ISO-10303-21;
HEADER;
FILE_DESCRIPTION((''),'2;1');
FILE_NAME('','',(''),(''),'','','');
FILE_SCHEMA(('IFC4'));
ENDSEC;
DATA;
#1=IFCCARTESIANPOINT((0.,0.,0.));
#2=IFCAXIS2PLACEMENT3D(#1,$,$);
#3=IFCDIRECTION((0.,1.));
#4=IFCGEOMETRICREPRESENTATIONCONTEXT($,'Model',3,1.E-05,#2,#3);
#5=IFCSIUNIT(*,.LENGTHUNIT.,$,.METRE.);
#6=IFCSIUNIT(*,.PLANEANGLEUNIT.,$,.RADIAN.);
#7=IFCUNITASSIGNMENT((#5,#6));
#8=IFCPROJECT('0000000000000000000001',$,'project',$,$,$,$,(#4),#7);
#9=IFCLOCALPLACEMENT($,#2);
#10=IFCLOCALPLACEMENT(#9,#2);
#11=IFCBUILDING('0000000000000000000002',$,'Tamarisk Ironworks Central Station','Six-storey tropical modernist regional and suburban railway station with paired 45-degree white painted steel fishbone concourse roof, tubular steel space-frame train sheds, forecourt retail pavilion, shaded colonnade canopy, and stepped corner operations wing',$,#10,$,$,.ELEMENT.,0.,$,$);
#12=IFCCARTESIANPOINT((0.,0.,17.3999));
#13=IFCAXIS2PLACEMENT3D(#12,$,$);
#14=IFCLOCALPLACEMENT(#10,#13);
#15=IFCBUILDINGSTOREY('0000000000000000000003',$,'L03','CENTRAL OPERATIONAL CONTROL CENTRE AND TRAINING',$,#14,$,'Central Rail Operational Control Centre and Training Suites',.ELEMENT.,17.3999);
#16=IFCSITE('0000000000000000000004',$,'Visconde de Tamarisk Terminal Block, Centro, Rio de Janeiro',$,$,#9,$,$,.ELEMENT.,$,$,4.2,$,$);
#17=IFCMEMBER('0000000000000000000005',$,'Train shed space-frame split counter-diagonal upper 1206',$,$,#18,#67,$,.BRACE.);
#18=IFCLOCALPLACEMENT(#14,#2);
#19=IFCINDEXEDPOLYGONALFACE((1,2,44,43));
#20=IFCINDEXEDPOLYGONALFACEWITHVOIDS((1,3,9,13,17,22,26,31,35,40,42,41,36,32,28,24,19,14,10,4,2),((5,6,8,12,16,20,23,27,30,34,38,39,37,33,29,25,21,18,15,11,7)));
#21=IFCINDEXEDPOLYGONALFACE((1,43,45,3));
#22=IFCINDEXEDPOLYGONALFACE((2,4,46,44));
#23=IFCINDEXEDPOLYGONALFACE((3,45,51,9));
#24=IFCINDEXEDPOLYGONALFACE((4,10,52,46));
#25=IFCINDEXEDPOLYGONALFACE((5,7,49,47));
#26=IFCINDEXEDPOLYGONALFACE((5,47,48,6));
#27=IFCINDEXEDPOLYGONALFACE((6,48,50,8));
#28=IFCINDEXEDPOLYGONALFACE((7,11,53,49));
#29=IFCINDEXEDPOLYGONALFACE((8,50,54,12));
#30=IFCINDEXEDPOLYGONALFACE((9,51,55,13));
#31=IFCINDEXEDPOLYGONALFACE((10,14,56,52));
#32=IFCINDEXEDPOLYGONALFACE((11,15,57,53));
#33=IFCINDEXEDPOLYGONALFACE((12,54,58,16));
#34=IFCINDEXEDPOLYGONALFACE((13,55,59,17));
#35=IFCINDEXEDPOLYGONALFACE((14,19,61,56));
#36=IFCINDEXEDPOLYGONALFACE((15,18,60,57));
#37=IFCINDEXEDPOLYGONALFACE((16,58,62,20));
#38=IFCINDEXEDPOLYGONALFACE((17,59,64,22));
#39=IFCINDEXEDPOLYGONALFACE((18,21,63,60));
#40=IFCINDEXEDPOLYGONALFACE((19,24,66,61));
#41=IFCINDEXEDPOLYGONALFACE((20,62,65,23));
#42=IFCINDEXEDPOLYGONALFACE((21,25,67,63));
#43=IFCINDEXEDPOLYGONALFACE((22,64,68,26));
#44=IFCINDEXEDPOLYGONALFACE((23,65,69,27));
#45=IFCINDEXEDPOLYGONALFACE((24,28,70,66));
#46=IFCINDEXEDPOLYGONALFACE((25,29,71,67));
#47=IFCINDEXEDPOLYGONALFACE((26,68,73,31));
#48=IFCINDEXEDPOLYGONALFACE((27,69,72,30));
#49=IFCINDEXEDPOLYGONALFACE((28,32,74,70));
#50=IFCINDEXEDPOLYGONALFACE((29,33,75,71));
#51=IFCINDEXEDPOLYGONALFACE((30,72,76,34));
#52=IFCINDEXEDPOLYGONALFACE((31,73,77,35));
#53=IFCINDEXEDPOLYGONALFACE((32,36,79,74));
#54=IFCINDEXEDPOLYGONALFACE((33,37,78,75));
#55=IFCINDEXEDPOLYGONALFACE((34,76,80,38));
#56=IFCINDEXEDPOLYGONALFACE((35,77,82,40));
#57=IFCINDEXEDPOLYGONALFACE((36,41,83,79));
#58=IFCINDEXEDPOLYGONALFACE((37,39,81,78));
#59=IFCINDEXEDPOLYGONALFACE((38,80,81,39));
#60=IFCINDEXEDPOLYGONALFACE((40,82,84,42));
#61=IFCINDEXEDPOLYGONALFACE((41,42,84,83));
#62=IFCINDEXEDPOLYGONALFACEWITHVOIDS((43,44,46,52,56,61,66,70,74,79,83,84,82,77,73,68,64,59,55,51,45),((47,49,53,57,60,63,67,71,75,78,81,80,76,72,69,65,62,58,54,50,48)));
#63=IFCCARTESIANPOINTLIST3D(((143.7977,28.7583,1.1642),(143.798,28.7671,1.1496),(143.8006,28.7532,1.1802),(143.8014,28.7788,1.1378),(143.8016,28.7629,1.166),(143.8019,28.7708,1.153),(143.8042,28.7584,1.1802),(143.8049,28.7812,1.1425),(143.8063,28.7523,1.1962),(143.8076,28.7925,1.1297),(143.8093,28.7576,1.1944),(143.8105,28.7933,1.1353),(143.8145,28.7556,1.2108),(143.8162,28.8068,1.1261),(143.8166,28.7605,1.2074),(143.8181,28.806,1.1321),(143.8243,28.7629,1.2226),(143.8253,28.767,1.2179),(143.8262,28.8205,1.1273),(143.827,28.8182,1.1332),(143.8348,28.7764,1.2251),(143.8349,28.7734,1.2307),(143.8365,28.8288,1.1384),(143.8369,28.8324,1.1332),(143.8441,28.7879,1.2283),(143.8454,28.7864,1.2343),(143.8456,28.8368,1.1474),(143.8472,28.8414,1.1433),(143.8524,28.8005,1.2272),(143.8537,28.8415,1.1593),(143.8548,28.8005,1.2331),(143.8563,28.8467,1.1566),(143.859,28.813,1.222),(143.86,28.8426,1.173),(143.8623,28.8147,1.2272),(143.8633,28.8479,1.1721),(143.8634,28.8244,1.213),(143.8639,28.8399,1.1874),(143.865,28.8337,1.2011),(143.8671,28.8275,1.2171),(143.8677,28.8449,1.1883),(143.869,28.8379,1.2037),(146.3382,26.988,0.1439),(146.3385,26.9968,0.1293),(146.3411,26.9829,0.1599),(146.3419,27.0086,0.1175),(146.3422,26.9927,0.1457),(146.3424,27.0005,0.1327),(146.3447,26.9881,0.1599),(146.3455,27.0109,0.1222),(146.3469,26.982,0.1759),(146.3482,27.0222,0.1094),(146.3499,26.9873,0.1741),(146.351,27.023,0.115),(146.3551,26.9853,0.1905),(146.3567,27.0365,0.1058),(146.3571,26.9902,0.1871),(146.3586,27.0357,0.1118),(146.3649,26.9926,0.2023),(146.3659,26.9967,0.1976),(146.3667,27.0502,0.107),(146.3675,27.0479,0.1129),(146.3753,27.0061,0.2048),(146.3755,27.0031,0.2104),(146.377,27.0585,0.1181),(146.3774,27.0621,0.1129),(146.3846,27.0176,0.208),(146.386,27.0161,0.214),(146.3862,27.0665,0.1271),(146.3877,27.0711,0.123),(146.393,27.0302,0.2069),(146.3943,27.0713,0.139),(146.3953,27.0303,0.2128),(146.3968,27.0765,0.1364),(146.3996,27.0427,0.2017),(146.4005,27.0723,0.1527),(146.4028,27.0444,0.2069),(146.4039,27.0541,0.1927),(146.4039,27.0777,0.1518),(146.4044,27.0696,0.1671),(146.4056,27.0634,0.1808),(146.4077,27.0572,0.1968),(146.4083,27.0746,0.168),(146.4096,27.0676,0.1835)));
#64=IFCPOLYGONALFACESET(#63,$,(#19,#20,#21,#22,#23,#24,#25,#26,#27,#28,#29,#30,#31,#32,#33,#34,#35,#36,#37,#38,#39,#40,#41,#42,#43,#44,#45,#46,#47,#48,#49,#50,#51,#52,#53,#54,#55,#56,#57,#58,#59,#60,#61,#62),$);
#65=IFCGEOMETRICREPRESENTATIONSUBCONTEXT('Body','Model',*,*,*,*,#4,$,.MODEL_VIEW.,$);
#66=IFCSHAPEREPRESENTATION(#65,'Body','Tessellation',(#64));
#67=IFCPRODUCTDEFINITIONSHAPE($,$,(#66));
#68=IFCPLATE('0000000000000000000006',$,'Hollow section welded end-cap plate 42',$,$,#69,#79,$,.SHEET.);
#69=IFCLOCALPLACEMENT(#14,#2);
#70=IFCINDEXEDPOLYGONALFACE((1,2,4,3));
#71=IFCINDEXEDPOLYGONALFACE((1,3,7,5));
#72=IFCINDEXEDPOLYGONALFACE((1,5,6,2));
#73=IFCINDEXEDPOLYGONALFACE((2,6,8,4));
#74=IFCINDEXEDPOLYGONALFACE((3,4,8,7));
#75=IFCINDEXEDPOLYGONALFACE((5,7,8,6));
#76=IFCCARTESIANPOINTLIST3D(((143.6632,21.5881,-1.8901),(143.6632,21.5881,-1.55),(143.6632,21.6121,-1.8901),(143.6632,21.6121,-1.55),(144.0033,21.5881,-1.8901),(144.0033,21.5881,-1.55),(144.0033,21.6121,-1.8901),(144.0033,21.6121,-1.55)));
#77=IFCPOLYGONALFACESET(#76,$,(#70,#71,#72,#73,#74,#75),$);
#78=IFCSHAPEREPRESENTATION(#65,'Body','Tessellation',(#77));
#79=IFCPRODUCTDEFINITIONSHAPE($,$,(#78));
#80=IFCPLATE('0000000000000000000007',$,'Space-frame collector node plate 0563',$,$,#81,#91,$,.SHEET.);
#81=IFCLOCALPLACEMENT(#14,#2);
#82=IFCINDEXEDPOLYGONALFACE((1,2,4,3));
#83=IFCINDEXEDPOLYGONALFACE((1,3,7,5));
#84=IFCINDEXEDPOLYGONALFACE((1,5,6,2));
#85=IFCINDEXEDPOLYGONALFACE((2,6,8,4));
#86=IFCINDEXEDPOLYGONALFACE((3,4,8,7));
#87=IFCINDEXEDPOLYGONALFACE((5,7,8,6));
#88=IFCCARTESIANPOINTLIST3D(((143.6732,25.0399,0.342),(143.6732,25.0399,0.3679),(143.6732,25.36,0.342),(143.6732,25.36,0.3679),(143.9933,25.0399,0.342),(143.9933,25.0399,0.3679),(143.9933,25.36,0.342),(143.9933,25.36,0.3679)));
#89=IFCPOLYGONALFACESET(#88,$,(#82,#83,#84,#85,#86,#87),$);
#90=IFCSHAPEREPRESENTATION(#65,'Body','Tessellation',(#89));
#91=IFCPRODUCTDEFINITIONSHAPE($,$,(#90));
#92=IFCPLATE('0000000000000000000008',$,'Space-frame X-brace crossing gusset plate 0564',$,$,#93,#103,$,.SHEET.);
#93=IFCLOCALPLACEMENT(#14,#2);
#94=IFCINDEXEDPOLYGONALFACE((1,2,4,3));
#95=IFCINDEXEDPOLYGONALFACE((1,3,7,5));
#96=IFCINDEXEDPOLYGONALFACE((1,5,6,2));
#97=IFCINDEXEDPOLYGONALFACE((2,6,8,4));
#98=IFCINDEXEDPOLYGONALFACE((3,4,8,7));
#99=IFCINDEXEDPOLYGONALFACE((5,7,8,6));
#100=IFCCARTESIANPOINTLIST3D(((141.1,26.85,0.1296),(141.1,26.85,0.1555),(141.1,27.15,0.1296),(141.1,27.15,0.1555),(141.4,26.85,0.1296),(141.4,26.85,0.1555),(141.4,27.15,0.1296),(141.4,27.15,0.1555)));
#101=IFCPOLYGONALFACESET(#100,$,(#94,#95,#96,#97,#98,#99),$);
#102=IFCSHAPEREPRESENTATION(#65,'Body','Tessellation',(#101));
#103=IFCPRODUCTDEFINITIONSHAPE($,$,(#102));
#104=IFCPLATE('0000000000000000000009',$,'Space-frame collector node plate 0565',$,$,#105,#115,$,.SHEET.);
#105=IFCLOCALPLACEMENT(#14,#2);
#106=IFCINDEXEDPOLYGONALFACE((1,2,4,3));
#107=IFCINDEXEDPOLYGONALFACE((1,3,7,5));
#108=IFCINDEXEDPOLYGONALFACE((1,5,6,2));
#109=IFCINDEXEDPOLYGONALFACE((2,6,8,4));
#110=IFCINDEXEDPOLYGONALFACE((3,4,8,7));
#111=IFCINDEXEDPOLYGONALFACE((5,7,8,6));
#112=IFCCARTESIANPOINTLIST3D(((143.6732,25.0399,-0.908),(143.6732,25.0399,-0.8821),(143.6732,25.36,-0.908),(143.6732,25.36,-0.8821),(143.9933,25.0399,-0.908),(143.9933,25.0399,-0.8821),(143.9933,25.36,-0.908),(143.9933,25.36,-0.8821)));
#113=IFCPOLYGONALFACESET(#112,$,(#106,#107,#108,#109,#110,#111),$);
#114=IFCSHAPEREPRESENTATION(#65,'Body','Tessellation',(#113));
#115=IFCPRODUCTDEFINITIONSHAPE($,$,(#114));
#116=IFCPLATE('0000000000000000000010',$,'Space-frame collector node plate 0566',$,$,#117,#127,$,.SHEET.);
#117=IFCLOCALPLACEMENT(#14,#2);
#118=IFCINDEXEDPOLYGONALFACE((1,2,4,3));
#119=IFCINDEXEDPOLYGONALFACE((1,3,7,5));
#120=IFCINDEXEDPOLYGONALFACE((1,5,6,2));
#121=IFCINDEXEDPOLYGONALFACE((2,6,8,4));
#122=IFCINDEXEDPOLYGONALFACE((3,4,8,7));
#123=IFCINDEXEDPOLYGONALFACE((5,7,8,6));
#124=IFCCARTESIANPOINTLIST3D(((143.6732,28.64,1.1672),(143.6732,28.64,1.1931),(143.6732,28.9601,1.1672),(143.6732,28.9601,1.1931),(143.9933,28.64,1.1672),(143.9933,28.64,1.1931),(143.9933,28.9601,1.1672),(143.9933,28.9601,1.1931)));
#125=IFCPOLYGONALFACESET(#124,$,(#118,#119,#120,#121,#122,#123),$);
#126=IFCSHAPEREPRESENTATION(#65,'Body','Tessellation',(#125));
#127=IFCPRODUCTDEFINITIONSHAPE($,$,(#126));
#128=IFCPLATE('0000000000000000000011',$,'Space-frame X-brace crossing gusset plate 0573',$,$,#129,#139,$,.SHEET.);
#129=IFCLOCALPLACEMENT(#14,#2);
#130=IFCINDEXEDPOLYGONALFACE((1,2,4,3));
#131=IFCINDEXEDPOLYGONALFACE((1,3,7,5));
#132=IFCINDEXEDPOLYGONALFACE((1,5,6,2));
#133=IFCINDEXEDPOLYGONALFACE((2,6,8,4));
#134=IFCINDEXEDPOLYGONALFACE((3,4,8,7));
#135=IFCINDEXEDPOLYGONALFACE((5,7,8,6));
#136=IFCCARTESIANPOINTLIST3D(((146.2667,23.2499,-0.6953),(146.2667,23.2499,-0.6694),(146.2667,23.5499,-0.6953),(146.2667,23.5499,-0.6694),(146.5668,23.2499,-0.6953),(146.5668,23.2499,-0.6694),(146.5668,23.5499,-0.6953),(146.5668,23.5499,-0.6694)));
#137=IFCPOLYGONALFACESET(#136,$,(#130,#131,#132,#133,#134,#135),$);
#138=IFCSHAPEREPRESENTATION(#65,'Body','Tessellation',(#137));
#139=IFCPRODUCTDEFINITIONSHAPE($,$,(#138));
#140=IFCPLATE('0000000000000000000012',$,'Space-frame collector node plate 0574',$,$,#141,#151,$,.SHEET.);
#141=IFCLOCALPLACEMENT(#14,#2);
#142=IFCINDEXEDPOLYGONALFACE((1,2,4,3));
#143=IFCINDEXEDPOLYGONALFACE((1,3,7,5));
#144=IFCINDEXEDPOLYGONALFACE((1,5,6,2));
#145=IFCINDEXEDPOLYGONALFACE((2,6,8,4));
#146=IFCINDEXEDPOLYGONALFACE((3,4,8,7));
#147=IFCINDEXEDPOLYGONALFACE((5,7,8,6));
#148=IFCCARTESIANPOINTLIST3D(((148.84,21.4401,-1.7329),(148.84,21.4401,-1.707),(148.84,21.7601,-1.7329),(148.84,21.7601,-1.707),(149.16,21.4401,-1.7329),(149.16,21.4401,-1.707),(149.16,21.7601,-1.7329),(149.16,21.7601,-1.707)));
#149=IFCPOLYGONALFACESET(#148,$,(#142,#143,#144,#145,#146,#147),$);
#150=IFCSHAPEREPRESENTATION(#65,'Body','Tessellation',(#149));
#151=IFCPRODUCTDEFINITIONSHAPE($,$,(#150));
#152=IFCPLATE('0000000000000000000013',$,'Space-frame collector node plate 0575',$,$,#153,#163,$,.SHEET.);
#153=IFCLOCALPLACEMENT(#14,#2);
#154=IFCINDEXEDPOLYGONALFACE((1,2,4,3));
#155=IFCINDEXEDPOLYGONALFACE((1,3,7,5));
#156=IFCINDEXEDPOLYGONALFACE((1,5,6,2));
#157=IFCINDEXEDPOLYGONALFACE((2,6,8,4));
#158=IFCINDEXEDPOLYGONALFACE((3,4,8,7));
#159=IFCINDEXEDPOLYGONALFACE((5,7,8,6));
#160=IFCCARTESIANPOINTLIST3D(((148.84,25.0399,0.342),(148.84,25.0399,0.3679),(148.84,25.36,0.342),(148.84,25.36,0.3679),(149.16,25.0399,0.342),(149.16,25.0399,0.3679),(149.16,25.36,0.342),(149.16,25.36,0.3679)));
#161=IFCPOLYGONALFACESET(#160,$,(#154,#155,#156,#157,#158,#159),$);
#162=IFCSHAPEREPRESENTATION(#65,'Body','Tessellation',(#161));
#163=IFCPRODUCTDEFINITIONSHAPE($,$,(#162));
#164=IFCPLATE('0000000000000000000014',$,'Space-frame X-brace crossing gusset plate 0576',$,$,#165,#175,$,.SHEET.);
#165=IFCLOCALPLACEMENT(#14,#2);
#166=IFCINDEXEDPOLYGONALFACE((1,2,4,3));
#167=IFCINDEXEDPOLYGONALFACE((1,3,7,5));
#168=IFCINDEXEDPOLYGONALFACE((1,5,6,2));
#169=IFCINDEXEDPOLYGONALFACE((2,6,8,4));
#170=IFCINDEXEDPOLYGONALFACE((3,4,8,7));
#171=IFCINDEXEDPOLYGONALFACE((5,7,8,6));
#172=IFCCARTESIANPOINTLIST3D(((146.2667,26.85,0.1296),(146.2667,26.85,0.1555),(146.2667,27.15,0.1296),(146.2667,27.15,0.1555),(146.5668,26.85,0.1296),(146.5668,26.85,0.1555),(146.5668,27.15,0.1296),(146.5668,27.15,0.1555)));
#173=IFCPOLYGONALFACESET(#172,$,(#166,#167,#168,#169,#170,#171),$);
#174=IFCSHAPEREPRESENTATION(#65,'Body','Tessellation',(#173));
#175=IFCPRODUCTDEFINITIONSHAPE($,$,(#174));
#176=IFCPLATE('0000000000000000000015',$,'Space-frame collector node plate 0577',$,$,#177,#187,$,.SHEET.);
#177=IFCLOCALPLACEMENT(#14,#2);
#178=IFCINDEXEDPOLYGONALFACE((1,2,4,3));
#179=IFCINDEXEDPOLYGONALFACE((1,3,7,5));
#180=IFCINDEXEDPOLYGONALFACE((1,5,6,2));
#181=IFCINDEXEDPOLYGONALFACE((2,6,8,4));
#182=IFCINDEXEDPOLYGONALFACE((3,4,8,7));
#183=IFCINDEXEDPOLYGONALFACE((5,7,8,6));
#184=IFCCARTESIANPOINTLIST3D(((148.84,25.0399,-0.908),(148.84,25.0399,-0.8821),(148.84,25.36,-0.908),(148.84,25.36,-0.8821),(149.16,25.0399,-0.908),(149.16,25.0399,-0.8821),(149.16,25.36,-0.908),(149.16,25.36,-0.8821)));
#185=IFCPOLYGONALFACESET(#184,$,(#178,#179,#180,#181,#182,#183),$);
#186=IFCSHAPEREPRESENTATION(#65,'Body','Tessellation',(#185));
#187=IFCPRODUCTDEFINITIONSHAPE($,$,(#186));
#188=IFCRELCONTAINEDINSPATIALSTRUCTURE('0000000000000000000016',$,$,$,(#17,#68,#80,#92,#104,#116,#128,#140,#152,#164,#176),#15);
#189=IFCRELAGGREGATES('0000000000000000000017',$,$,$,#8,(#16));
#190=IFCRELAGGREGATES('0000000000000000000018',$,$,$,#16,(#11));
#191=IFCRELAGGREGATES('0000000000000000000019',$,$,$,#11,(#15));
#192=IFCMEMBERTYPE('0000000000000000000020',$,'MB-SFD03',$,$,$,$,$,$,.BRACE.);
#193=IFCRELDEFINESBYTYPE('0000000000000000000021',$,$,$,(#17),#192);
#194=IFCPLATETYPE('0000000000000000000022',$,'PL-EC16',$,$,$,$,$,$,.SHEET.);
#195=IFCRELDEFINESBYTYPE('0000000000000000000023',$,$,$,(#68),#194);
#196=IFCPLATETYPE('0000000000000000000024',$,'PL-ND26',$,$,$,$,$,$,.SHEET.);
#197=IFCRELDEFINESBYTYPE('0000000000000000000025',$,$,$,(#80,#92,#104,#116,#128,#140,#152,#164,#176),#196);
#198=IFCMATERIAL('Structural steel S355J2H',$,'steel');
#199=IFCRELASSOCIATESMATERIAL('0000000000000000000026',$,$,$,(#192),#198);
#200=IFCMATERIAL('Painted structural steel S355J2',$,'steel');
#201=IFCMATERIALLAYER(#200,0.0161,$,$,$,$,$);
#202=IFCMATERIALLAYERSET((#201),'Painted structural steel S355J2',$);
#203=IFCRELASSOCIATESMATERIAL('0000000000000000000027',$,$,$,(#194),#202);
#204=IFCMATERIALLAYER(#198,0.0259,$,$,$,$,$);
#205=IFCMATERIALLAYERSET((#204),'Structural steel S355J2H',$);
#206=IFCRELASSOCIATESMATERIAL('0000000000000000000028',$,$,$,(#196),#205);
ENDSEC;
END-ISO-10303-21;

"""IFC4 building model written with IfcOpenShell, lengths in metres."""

from ifc_helpers import new_model, si_unit, direction, frame, origin, origin_2d, place, context, subcontext, project, spatial, rectangle, hollow_circle, extrude, material, layer, layer_set, material_profile, profile_set, type_object, element, save


model = new_model("IFC4")

# Units and contexts
model_context = context("Model", 3, precision=1e-05, world=origin(), true_north=direction((0.0, 1.0)))
body_context = subcontext(model_context, "Body", "Model", "MODEL_VIEW")
ifc_project = project(units=[si_unit("LENGTHUNIT", "METRE"), si_unit("PLANEANGLEUNIT", "RADIAN")], contexts=[model_context])

# Site, building, storey
site_placement = place(None, origin())
site = spatial("IfcSite", under=ifc_project, at=site_placement, Name="Visconde de Tamarisk Terminal Block, Centro, Rio de Janeiro", CompositionType="ELEMENT", RefElevation=4.2)
building_placement = place(site_placement, origin())
building = spatial("IfcBuilding", under=site, at=building_placement, Name="Tamarisk Ironworks Central Station", Description="Six-storey tropical modernist regional and suburban railway station with paired 45-degree white painted steel fishbone concourse roof, tubular steel space-frame train sheds, forecourt retail pavilion, shaded colonnade canopy, and stepped corner operations wing", CompositionType="ELEMENT", ElevationOfRefHeight=0.0)
storey_placement = place(building_placement, frame((0.0, 0.0, 17.3999)))
storey = spatial("IfcBuildingStorey", under=building, at=storey_placement, Name="L03", Description="CENTRAL OPERATIONAL CONTROL CENTRE AND TRAINING", LongName="Central Rail Operational Control Centre and Training Suites", CompositionType="ELEMENT", Elevation=17.3999)

# Member
ifc_material_1 = material(Name="Structural steel S355J2H", Category="steel")
ifc_material_profile_1 = material_profile(ifc_material_1, hollow_circle(Radius=0.0571, WallThickness=0.0063, at=origin_2d()), Name="CHS 114.3x6.3")
ifc_profile_set_1 = profile_set([ifc_material_profile_1], Name="Structural steel S355J2H")
member_type_1 = type_object("IfcMemberType", Name="MB-SFD03", PredefinedType="BRACE", material=ifc_profile_set_1)
member_1_placement = place(storey_placement, frame((146.3738, 27.0298, 0.1599), z_axis=(-0.77925, 0.542989, 0.312943), x_axis=(-0.571704, -0.82046, 0.0)))
element("IfcMember", 1, at=member_1_placement, inside=storey, type_object=member_type_1, Name="Train shed space-frame split counter-diagonal upper 1206", PredefinedType="BRACE", context=body_context, shape_type="SweptSolid", body=[
    extrude(hollow_circle(Radius=0.0571, WallThickness=0.0063, at=origin_2d()), origin(), (0.0, 0.0, 1.0), 3.2603),
])

# Plates
ifc_material_2 = material(Name="Painted structural steel S355J2", Category="steel")
ifc_layer_1 = layer(ifc_material_2, 0.0161)
ifc_layer_set_1 = layer_set([ifc_layer_1], Name="Painted structural steel S355J2")
plate_type_1 = type_object("IfcPlateType", Name="PL-EC16", PredefinedType="SHEET", material=ifc_layer_set_1)
plate_1_placement = place(storey_placement, frame((143.8333, 21.6001, -1.8901), z_axis=(0.0, 0.0, 1.0), x_axis=(1.0, 0.0, 0.0)))
element("IfcPlate", 2, at=plate_1_placement, inside=storey, type_object=plate_type_1, Name="Hollow section welded end-cap plate 42", PredefinedType="SHEET", context=body_context, shape_type="SweptSolid", body=[
    extrude(rectangle(XDim=0.3401, YDim=0.0239, at=origin_2d()), origin(), (0.0, 0.0, 1.0), 0.3401),
])
ifc_layer_2 = layer(ifc_material_1, 0.0259)
ifc_layer_set_2 = layer_set([ifc_layer_2], Name="Structural steel S355J2H")
plate_type_2 = type_object("IfcPlateType", Name="PL-ND26", PredefinedType="SHEET", material=ifc_layer_set_2)
plate_2_placement = place(storey_placement, frame((143.8333, 25.2, 0.342), z_axis=(0.0, 0.0, 1.0), x_axis=(1.0, 0.0, 0.0)))
element("IfcPlate", 3, at=plate_2_placement, inside=storey, type_object=plate_type_2, Name="Space-frame collector node plate 0563", PredefinedType="SHEET", context=body_context, shape_type="SweptSolid", body=[
    extrude(rectangle(XDim=0.3201, YDim=0.3201, at=origin_2d()), origin(), (0.0, 0.0, 1.0), 0.0259),
])
plate_3_placement = place(storey_placement, frame((141.25, 27.0, 0.1296), z_axis=(0.0, 0.0, 1.0), x_axis=(1.0, 0.0, 0.0)))
element("IfcPlate", 4, at=plate_3_placement, inside=storey, type_object=plate_type_2, Name="Space-frame X-brace crossing gusset plate 0564", PredefinedType="SHEET", context=body_context, shape_type="SweptSolid", body=[
    extrude(rectangle(XDim=0.3, YDim=0.3, at=origin_2d()), origin(), (0.0, 0.0, 1.0), 0.0259),
])
for number, where, z_axis, x_axis, name in (
    (5, (143.8333, 25.2, -0.908), (0.0, 0.0, 1.0), (1.0, 0.0, 0.0), "Space-frame collector node plate 0565"),
    (6, (143.8333, 28.8, 1.1672), (0.0, 0.0, 1.0), (1.0, 0.0, 0.0), "Space-frame collector node plate 0566"),
):
    element("IfcPlate", number, at=place(storey_placement, frame(where, z_axis=z_axis, x_axis=x_axis)), inside=storey, type_object=plate_type_2, Name=name, PredefinedType="SHEET", context=body_context, shape_type="SweptSolid", body=[
        extrude(rectangle(XDim=0.3201, YDim=0.3201, at=origin_2d()), origin(), (0.0, 0.0, 1.0), 0.0259),
    ])
plate_4_placement = place(storey_placement, frame((146.4167, 23.3999, -0.6953), z_axis=(0.0, 0.0, 1.0), x_axis=(1.0, 0.0, 0.0)))
element("IfcPlate", 7, at=plate_4_placement, inside=storey, type_object=plate_type_2, Name="Space-frame X-brace crossing gusset plate 0573", PredefinedType="SHEET", context=body_context, shape_type="SweptSolid", body=[
    extrude(rectangle(XDim=0.3, YDim=0.3, at=origin_2d()), origin(), (0.0, 0.0, 1.0), 0.0259),
])
for number, where, z_axis, x_axis, name in (
    (8, (149.0, 21.6001, -1.7329), (0.0, 0.0, 1.0), (1.0, 0.0, 0.0), "Space-frame collector node plate 0574"),
    (9, (149.0, 25.2, 0.342), (0.0, 0.0, 1.0), (1.0, 0.0, 0.0), "Space-frame collector node plate 0575"),
):
    element("IfcPlate", number, at=place(storey_placement, frame(where, z_axis=z_axis, x_axis=x_axis)), inside=storey, type_object=plate_type_2, Name=name, PredefinedType="SHEET", context=body_context, shape_type="SweptSolid", body=[
        extrude(rectangle(XDim=0.3201, YDim=0.3201, at=origin_2d()), origin(), (0.0, 0.0, 1.0), 0.0259),
    ])
plate_5_placement = place(storey_placement, frame((146.4167, 27.0, 0.1296), z_axis=(0.0, 0.0, 1.0), x_axis=(1.0, 0.0, 0.0)))
element("IfcPlate", 10, at=plate_5_placement, inside=storey, type_object=plate_type_2, Name="Space-frame X-brace crossing gusset plate 0576", PredefinedType="SHEET", context=body_context, shape_type="SweptSolid", body=[
    extrude(rectangle(XDim=0.3, YDim=0.3, at=origin_2d()), origin(), (0.0, 0.0, 1.0), 0.0259),
])
plate_6_placement = place(storey_placement, frame((149.0, 25.2, -0.908), z_axis=(0.0, 0.0, 1.0), x_axis=(1.0, 0.0, 0.0)))
element("IfcPlate", 11, at=plate_6_placement, inside=storey, type_object=plate_type_2, Name="Space-frame collector node plate 0577", PredefinedType="SHEET", context=body_context, shape_type="SweptSolid", body=[
    extrude(rectangle(XDim=0.3201, YDim=0.3201, at=origin_2d()), origin(), (0.0, 0.0, 1.0), 0.0259),
])

save(model, "model.ifc")
